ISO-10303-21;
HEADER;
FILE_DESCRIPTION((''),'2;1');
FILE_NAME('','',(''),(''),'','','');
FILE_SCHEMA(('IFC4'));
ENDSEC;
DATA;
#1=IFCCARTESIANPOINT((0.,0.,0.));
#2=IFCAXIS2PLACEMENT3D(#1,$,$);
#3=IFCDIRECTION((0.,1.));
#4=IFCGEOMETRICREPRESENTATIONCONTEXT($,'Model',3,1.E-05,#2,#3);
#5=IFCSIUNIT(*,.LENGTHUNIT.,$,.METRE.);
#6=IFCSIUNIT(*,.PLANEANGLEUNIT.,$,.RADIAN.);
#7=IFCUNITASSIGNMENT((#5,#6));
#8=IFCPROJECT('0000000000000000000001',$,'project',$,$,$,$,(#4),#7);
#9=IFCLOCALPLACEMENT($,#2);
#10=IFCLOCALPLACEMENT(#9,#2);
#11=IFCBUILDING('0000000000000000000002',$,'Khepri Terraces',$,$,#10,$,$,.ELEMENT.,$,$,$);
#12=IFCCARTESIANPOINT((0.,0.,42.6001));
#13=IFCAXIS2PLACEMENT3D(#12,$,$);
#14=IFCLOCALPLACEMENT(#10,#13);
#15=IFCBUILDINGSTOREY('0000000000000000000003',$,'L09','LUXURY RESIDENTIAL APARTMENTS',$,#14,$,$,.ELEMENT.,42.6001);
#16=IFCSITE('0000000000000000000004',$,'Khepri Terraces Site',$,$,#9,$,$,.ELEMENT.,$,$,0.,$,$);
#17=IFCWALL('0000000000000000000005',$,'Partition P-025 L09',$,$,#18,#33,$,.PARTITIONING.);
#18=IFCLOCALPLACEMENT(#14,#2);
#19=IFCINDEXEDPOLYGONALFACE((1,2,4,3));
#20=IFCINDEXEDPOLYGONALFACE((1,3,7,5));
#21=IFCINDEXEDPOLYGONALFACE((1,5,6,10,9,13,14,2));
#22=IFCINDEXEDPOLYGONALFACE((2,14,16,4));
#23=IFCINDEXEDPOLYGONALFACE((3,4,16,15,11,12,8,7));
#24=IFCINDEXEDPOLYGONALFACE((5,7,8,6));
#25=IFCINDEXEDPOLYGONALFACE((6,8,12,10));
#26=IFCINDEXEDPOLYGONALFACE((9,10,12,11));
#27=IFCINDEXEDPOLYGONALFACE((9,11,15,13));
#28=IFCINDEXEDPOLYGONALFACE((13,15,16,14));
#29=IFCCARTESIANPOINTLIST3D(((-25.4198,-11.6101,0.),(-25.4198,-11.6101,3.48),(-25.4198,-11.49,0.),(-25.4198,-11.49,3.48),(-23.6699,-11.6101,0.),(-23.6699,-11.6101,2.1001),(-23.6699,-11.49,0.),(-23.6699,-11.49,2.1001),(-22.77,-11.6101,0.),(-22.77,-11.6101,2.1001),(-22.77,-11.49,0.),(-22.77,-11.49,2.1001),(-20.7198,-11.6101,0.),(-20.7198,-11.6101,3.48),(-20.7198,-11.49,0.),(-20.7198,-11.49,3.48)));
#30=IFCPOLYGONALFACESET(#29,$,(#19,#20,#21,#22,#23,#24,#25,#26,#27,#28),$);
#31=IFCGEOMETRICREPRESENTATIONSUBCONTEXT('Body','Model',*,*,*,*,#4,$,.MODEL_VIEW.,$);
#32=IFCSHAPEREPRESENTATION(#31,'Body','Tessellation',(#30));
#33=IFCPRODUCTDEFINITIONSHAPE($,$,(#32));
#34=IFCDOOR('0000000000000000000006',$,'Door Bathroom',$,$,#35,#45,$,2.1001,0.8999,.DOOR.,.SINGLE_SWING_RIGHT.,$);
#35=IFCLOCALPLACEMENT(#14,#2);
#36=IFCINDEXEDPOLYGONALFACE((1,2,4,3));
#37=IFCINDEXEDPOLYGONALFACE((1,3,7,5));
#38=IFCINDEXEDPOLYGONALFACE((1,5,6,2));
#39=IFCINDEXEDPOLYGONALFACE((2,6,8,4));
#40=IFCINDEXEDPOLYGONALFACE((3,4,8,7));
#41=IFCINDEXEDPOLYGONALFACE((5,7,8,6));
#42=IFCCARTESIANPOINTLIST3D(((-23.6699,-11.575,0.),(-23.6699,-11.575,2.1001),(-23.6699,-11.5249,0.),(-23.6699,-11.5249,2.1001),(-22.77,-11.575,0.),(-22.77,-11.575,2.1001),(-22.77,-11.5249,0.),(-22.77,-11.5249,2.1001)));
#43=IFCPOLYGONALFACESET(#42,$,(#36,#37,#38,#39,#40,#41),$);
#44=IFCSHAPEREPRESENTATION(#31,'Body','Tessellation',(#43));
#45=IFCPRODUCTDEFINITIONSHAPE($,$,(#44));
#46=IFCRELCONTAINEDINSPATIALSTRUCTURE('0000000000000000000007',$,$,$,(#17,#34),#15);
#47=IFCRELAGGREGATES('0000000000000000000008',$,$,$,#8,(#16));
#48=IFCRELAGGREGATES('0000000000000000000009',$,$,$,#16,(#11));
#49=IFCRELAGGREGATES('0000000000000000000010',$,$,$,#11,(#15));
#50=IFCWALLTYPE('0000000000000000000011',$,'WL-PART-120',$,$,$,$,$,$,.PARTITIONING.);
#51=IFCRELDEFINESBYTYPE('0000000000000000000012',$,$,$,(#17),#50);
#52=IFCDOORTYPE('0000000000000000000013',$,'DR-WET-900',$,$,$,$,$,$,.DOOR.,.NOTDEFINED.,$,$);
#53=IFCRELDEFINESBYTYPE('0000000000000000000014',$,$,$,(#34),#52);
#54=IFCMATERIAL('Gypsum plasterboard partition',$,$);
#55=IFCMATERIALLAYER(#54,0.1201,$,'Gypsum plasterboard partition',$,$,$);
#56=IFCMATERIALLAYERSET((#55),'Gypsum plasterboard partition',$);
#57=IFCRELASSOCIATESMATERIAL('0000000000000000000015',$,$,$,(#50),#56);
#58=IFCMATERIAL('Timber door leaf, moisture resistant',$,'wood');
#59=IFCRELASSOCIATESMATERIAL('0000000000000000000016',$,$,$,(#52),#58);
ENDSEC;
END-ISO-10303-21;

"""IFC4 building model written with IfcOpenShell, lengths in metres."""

from ifc_helpers import new_model, si_unit, direction, frame, frame_2d, origin, place, context, subcontext, project, spatial, rectangle, extrude, material, layer, layer_set, type_object, element, fill, save


model = new_model("IFC4")

# Units and contexts
model_context = context("Model", 3, precision=1e-05, world=origin(), true_north=direction((0.0, 1.0)))
body_context = subcontext(model_context, "Body", "Model", "MODEL_VIEW")
ifc_project = project(units=[si_unit("LENGTHUNIT", "METRE"), si_unit("PLANEANGLEUNIT", "RADIAN")], contexts=[model_context])

# Site, building, storey
site_placement = place(None, origin())
site = spatial("IfcSite", under=ifc_project, at=site_placement, Name="Khepri Terraces Site", CompositionType="ELEMENT", RefElevation=0.0)
building_placement = place(site_placement, origin())
building = spatial("IfcBuilding", under=site, at=building_placement, Name="Khepri Terraces", CompositionType="ELEMENT")
storey_placement = place(building_placement, frame((0.0, 0.0, 42.6001)))
storey = spatial("IfcBuildingStorey", under=building, at=storey_placement, Name="L09", Description="LUXURY RESIDENTIAL APARTMENTS", CompositionType="ELEMENT", Elevation=42.6001)

# Shared definitions
ifc_material_1 = material(Name="Gypsum plasterboard partition")
ifc_layer_1 = layer(ifc_material_1, 0.1201, Name="Gypsum plasterboard partition")
ifc_layer_set_1 = layer_set([ifc_layer_1], Name="Gypsum plasterboard partition")
wall_type_1 = type_object("IfcWallType", Name="WL-PART-120", PredefinedType="PARTITIONING", material=ifc_layer_set_1)

# Wall, opening, door
ifc_material_2 = material(Name="Timber door leaf, moisture resistant", Category="wood")
door_type_1 = type_object("IfcDoorType", Name="DR-WET-900", OperationType="NOTDEFINED", PredefinedType="DOOR", material=ifc_material_2)
wall_1_placement = place(storey_placement, frame((-25.4199, -11.55, 0.0), z_axis=(0.0, 0.0, 1.0), x_axis=(1.0, 0.0, 0.0)))
wall_1 = element("IfcWall", 1, at=wall_1_placement, inside=storey, type_object=wall_type_1, Name="Partition P-025 L09", PredefinedType="PARTITIONING", context=body_context, shape_type="SweptSolid", body=[
    extrude(rectangle(XDim=4.7, YDim=0.1201, at=frame_2d((2.3501, 0.0))), origin(), (0.0, 0.0, 1.0), 3.48),
])
opening_1_placement = place(wall_1_placement, frame((1.75, 0.0, 0.0)))
opening_1 = element("IfcOpeningElement", 2, at=opening_1_placement, cuts=wall_1, PredefinedType="OPENING", context=body_context, shape_type="SweptSolid", body=[
    extrude(rectangle(XDim=0.8999, YDim=2.1001, at=frame_2d((0.45, 1.05))), frame((0.0, 0.0701, 0.0), z_axis=(0.0, -1.0, 0.0), x_axis=(1.0, 0.0, 0.0)), (0.0, 0.0, 1.0), 0.1401),
])
door_1_placement = place(opening_1_placement, frame((0.8999, 0.0, 0.0), z_axis=(0.0, 0.0, 1.0), x_axis=(-1.0, 0.0, 0.0)))
door_1 = element("IfcDoor", 3, at=door_1_placement, inside=storey, type_object=door_type_1, Name="Door Bathroom", OperationType="SINGLE_SWING_RIGHT", OverallHeight=2.1001, OverallWidth=0.8999, PredefinedType="DOOR", context=body_context, shape_type="SweptSolid", body=[
    extrude(rectangle(XDim=0.8999, YDim=2.1001, at=frame_2d((0.45, 1.05))), frame((0.0, 0.0249, 0.0), z_axis=(0.0, -1.0, 0.0), x_axis=(1.0, 0.0, 0.0)), (0.0, 0.0, 1.0), 0.05),
])
fill(opening_1, door_1)

save(model, "model.ifc")
